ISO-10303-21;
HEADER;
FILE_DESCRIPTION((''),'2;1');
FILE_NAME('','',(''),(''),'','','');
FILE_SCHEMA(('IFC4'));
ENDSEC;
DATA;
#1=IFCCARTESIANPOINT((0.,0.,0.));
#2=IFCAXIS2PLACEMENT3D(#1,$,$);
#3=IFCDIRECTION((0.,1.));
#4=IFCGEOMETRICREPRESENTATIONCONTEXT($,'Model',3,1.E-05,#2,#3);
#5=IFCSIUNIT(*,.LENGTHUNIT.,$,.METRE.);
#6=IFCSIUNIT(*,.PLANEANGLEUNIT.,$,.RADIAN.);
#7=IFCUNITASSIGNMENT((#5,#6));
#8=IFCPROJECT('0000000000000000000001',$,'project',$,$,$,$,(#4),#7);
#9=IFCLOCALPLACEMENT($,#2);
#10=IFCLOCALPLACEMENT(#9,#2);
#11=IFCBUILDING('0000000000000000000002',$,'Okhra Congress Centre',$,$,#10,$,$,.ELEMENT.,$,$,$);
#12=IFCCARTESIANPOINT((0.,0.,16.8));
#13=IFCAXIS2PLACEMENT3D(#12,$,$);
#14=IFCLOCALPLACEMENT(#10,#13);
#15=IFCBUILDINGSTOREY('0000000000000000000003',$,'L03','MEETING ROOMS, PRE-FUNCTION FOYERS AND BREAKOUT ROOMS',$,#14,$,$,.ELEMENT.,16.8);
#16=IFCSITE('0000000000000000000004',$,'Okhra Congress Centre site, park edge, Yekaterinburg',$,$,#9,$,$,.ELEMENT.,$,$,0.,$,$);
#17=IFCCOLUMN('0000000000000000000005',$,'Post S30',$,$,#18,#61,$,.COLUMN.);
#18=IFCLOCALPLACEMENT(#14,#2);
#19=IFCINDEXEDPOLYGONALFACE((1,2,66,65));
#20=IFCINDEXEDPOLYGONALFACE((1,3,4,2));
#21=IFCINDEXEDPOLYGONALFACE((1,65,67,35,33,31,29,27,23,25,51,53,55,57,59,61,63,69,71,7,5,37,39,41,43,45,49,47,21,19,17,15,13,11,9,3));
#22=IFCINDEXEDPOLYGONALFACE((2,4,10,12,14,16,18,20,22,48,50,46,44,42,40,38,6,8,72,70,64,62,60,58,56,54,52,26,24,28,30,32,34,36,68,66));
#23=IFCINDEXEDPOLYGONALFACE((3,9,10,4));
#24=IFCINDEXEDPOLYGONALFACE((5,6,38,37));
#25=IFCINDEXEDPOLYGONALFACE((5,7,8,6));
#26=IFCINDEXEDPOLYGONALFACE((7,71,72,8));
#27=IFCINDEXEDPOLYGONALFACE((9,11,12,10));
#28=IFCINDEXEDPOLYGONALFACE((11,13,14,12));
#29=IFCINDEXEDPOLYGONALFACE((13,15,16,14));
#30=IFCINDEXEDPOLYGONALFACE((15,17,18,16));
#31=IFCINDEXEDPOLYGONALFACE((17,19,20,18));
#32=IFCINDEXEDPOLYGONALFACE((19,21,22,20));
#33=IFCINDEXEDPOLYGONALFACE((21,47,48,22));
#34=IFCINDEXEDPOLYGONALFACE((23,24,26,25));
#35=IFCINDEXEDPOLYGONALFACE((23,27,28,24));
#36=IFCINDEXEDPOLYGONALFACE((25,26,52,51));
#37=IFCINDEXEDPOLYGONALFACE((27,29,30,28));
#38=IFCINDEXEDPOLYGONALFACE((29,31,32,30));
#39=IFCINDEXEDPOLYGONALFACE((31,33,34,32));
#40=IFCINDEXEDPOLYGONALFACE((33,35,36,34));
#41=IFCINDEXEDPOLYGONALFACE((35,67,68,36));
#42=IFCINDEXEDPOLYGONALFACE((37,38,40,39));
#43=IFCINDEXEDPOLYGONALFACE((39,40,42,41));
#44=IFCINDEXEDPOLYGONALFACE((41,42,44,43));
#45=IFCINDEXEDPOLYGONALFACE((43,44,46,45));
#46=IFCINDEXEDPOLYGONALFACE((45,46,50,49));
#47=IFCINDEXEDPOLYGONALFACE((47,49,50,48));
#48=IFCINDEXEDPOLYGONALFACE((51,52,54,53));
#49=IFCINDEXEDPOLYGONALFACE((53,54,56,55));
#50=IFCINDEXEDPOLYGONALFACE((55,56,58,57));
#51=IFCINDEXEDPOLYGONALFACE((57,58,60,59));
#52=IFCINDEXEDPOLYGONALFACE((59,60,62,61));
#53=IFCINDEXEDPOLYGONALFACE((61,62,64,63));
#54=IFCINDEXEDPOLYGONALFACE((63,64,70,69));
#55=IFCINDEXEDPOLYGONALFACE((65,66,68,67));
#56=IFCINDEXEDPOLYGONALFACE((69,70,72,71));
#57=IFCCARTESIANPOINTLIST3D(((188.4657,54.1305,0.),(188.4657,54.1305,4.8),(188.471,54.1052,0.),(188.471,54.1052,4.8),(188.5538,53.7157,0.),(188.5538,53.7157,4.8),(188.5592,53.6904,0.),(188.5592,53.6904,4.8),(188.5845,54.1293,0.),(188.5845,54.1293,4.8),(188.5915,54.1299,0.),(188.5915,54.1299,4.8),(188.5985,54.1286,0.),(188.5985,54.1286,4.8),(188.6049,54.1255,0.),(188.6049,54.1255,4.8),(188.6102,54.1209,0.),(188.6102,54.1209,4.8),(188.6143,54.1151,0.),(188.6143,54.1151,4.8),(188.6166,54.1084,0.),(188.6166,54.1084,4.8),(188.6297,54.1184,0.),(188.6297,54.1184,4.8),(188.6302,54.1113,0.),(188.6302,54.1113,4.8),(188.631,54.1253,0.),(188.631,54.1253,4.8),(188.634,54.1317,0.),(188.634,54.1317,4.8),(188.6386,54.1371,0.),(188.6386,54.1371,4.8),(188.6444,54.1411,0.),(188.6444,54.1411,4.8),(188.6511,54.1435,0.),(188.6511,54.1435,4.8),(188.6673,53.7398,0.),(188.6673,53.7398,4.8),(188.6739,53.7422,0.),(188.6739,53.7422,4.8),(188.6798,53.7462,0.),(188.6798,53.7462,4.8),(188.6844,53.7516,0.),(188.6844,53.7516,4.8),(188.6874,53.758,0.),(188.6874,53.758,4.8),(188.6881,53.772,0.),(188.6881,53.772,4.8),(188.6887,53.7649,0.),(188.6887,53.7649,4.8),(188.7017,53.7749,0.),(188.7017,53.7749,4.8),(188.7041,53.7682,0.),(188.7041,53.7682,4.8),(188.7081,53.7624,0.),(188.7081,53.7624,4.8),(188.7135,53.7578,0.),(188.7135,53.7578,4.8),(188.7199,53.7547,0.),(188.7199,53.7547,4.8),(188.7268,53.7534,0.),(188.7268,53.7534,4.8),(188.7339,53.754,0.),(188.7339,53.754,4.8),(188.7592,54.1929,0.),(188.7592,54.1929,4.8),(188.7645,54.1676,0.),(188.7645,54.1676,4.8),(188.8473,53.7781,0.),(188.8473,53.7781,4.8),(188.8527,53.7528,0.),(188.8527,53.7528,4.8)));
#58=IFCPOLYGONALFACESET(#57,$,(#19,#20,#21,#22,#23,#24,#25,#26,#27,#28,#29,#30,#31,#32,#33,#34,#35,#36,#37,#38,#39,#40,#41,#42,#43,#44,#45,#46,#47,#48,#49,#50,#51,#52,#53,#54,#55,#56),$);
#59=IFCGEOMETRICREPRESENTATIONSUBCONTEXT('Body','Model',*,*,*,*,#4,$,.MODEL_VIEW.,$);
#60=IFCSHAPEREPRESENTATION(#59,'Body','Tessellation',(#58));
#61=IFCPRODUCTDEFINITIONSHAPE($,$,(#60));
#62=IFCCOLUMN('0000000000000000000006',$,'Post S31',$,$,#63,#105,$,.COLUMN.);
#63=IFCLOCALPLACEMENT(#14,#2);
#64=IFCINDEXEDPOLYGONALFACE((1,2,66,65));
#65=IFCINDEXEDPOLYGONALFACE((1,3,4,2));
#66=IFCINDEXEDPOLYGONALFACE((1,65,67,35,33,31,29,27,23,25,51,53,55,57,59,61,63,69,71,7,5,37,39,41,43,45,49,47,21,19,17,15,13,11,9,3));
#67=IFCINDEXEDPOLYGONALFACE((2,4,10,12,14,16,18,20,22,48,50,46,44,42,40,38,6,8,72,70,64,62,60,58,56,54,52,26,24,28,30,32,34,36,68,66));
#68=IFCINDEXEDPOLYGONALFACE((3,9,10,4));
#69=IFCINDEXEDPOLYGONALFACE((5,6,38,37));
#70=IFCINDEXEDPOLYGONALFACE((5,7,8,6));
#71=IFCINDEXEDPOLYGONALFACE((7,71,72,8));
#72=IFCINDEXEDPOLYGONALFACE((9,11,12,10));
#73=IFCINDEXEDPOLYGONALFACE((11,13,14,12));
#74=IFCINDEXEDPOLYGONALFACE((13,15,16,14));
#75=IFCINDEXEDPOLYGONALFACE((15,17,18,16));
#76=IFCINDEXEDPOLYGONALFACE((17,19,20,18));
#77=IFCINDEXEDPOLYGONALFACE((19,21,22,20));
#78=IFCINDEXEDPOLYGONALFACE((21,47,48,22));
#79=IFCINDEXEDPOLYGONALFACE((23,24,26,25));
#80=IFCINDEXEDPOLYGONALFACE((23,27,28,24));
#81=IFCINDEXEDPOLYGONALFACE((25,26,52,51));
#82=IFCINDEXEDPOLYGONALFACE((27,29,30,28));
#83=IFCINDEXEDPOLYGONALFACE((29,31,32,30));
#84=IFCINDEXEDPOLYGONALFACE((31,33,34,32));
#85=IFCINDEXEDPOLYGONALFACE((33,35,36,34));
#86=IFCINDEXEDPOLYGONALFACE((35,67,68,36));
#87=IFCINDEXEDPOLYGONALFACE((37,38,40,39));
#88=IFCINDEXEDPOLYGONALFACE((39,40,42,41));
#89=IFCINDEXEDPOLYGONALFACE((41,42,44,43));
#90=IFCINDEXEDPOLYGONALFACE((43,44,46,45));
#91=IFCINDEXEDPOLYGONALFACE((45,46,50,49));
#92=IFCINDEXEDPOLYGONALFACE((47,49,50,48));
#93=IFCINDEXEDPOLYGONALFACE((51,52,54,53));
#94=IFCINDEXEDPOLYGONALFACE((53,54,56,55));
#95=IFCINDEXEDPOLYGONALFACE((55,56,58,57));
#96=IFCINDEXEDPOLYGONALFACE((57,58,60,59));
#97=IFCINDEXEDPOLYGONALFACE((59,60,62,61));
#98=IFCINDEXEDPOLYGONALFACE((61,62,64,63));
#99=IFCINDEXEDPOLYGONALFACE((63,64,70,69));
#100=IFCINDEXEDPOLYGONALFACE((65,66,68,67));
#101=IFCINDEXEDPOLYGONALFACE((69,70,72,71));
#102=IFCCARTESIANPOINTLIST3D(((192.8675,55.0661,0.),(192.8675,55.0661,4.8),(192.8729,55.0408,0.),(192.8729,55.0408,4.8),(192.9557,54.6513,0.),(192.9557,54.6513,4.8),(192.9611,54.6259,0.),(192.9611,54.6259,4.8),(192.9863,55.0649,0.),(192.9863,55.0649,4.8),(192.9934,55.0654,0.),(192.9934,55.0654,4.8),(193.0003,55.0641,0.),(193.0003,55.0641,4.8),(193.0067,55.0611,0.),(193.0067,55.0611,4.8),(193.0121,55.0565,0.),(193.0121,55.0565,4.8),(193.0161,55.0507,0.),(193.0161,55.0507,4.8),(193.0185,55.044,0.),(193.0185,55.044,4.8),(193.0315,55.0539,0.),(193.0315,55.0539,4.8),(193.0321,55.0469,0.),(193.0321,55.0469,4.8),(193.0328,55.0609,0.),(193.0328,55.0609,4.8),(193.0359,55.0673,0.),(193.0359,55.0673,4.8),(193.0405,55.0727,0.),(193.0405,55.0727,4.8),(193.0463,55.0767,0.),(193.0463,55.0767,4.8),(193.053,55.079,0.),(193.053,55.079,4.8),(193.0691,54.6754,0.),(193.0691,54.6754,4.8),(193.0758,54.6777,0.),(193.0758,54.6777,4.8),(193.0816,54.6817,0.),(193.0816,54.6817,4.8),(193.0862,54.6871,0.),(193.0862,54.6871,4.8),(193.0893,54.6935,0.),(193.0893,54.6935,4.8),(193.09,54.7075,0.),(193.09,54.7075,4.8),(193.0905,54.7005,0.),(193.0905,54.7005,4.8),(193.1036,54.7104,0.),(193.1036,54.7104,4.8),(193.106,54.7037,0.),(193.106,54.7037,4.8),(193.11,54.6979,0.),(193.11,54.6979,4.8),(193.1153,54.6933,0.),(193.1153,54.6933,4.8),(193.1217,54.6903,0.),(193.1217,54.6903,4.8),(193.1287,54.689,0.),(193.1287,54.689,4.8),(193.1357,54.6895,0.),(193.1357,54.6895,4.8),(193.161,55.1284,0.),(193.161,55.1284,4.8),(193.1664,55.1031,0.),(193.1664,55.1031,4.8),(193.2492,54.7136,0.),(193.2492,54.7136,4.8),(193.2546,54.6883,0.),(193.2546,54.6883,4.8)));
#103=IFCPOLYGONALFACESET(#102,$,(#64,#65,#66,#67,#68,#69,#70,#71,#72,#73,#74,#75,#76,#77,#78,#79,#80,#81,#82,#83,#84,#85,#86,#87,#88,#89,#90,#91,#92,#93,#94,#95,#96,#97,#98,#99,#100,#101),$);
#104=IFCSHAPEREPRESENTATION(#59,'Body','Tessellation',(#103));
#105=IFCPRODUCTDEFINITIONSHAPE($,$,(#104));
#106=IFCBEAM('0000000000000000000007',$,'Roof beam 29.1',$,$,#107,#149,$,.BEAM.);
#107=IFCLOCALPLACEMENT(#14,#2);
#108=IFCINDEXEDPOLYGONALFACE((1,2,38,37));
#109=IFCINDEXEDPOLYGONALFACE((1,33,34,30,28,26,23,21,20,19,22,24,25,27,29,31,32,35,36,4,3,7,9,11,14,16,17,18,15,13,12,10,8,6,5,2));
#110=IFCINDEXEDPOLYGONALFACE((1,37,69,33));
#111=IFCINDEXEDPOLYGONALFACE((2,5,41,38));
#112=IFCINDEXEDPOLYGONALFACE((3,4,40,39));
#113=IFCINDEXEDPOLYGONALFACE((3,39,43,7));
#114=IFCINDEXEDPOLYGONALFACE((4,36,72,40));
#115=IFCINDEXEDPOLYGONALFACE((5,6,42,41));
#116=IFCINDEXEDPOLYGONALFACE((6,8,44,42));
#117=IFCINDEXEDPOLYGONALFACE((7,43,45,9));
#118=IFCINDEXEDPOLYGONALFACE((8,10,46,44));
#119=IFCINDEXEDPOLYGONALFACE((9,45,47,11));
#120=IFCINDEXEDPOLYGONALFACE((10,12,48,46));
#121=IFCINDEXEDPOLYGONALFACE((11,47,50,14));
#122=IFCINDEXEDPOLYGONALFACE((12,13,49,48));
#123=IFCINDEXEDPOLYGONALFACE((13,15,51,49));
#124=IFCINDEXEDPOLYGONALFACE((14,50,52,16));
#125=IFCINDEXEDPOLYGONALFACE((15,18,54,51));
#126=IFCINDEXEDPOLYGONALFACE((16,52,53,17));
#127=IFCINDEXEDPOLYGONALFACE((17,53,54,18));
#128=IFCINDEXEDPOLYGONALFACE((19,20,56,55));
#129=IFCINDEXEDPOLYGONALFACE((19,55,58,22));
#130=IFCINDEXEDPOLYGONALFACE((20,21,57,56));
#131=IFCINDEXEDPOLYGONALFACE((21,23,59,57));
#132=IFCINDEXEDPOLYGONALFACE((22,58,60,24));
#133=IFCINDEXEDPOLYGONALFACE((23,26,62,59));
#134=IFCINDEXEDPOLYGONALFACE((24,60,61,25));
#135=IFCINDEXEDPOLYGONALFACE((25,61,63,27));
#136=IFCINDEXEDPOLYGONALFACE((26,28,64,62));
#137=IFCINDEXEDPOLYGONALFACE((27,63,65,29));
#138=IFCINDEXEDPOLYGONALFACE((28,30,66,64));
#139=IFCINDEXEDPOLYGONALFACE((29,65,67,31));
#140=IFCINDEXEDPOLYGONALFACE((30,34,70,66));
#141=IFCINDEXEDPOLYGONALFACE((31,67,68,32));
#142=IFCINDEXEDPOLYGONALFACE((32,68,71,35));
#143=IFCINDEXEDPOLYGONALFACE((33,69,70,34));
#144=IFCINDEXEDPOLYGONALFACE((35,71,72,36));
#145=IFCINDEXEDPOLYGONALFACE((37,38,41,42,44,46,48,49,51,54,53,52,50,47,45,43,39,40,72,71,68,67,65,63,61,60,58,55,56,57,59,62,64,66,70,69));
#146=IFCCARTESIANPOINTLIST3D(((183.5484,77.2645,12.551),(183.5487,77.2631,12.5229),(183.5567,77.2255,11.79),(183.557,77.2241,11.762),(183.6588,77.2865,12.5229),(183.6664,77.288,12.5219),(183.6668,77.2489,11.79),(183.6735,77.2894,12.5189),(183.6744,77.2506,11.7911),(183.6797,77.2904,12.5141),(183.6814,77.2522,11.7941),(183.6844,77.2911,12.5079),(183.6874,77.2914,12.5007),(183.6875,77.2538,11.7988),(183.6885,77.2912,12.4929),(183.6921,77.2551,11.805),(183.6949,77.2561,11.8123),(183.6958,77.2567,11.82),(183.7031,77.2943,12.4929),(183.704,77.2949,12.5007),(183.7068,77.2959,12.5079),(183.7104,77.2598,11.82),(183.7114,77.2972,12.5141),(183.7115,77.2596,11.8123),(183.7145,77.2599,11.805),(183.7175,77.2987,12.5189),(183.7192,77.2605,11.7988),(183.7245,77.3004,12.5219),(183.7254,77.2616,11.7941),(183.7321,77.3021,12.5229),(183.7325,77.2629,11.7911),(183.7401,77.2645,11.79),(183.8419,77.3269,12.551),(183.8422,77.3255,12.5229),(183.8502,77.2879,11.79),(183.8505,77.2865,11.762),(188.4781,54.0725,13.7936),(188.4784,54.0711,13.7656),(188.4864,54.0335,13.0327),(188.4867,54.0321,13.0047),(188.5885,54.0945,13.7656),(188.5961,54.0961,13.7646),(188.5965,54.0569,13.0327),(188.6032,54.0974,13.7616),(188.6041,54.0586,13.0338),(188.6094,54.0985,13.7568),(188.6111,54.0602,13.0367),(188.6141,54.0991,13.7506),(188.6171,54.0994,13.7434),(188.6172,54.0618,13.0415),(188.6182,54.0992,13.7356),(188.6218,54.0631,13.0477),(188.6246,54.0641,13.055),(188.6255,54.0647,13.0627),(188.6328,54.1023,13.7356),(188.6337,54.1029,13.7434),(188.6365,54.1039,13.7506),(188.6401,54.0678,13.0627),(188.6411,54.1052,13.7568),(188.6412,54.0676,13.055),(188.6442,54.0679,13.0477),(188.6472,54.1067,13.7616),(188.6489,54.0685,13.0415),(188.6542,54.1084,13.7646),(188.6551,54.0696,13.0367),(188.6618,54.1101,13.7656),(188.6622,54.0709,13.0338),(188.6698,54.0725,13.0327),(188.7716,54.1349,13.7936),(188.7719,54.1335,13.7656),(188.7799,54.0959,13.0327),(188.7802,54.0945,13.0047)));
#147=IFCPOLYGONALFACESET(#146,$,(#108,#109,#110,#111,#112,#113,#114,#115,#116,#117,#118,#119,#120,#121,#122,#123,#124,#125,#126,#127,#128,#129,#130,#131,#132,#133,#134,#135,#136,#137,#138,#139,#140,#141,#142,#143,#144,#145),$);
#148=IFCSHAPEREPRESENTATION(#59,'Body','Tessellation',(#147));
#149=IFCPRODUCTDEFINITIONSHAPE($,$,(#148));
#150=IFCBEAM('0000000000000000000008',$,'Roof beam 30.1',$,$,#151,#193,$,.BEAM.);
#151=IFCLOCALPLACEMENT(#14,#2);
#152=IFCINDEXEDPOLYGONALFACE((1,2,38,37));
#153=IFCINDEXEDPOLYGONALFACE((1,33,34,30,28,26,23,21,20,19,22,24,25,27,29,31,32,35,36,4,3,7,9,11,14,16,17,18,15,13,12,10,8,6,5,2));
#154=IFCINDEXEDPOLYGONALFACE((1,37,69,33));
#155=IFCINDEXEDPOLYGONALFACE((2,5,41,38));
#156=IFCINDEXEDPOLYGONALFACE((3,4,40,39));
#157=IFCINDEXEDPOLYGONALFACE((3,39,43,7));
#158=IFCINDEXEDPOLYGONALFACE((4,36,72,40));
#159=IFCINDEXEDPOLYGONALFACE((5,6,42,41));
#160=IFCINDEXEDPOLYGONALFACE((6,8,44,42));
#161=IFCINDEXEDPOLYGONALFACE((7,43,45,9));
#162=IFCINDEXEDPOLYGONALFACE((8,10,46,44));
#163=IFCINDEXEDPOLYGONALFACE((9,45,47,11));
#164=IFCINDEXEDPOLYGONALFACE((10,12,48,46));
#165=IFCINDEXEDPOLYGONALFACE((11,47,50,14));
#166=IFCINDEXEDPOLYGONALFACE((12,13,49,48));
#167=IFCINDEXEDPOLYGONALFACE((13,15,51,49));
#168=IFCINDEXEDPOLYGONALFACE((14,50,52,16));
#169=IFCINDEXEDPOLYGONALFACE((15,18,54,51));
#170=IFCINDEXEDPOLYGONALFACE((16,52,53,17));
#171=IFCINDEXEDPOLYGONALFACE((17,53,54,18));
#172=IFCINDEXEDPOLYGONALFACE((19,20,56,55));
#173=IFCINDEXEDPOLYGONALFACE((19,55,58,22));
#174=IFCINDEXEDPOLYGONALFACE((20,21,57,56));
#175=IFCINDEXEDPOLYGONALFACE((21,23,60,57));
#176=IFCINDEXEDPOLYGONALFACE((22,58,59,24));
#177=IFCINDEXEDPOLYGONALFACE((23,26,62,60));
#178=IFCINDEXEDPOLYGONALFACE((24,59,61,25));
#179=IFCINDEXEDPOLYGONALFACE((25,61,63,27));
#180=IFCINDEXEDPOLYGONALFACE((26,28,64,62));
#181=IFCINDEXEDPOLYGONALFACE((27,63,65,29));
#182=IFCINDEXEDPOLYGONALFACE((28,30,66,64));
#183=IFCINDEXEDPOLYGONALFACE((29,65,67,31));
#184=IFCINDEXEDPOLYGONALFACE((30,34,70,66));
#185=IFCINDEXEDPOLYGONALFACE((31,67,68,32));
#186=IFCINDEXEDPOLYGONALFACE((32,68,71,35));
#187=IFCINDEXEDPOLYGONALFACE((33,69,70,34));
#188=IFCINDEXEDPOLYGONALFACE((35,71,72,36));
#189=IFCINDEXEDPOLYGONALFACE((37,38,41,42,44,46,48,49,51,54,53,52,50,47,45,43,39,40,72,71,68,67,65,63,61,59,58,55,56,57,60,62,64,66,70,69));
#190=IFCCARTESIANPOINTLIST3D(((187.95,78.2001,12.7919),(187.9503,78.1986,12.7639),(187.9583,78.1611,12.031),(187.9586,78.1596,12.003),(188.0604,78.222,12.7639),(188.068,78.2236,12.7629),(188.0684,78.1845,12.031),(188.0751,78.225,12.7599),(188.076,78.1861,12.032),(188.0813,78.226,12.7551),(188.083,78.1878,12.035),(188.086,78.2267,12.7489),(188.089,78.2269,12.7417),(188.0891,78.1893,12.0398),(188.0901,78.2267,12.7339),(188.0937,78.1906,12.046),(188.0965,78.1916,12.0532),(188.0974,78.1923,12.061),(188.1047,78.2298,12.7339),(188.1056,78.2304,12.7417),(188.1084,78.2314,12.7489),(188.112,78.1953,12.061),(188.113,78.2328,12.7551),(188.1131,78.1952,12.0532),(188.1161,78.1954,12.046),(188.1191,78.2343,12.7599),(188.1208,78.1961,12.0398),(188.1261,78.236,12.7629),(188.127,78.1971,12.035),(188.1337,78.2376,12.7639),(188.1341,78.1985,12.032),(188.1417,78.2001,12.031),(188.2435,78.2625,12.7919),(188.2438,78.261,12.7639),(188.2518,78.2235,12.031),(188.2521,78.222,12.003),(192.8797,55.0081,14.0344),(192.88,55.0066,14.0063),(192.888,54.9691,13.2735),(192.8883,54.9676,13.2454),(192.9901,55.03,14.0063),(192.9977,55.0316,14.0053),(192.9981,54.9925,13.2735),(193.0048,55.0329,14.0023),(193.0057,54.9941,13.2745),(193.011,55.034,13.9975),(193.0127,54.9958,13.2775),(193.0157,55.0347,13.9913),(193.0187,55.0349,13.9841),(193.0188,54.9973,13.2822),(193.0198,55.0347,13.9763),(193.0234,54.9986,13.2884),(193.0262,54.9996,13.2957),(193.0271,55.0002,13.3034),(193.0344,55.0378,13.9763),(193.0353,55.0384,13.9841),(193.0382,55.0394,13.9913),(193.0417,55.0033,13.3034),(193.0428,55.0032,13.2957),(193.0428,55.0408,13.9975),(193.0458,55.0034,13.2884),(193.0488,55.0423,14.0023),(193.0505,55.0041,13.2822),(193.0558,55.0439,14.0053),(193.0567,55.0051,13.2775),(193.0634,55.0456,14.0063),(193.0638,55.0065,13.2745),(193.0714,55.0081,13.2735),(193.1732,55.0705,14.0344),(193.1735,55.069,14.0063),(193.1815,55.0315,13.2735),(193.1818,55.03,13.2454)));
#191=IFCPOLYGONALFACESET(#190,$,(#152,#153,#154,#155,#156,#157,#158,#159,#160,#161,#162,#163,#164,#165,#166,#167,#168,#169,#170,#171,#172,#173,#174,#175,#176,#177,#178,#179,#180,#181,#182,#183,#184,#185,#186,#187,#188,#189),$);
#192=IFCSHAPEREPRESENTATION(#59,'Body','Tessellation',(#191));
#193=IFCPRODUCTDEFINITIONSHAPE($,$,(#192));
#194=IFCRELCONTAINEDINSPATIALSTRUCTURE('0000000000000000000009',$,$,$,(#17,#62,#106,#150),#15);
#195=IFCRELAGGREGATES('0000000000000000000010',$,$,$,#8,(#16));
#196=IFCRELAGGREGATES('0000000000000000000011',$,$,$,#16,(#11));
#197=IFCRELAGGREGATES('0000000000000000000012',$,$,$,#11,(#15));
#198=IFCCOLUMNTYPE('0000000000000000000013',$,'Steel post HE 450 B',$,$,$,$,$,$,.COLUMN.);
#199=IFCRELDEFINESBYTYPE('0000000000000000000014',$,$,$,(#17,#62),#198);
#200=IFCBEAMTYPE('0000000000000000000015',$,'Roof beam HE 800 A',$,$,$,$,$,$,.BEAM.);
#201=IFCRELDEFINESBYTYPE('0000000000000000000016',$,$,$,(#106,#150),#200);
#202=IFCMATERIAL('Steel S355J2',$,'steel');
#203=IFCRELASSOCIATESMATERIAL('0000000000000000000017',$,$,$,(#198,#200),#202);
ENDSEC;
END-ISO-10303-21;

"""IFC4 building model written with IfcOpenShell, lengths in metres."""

from ifc_helpers import new_model, si_unit, direction, frame, origin, origin_2d, place, context, subcontext, project, spatial, i_section, extrude, material, material_profile, profile_set, type_object, element, save


model = new_model("IFC4")

# Units and contexts
model_context = context("Model", 3, precision=1e-05, world=origin(), true_north=direction((0.0, 1.0)))
body_context = subcontext(model_context, "Body", "Model", "MODEL_VIEW")
ifc_project = project(units=[si_unit("LENGTHUNIT", "METRE"), si_unit("PLANEANGLEUNIT", "RADIAN")], contexts=[model_context])

# Site, building, storey
site_placement = place(None, origin())
site = spatial("IfcSite", under=ifc_project, at=site_placement, Name="Okhra Congress Centre site, park edge, Yekaterinburg", CompositionType="ELEMENT", RefElevation=0.0)
building_placement = place(site_placement, origin())
building = spatial("IfcBuilding", under=site, at=building_placement, Name="Okhra Congress Centre", CompositionType="ELEMENT")
storey_placement = place(building_placement, frame((0.0, 0.0, 16.8)))
storey = spatial("IfcBuildingStorey", under=building, at=storey_placement, Name="L03", Description="MEETING ROOMS, PRE-FUNCTION FOYERS AND BREAKOUT ROOMS", CompositionType="ELEMENT", Elevation=16.8)

# Columns
ifc_material_1 = material(Name="Steel S355J2", Category="steel")
ifc_material_profile_1 = material_profile(ifc_material_1, i_section(OverallWidth=0.3, OverallDepth=0.45, WebThickness=0.0139, FlangeThickness=0.0259, FilletRadius=0.0271, at=origin_2d()), Name="HE 450 B")
ifc_profile_set_1 = profile_set([ifc_material_profile_1], Name="Steel S355J2")
column_type = type_object("IfcColumnType", Name="Steel post HE 450 B", PredefinedType="COLUMN", material=ifc_profile_set_1)
for number, where, z_axis, x_axis, name in (
    (1, (188.6592, 53.9417, 0.0), (0.0, 0.0, 1.0), (0.978148, 0.207912, 0.0), "Post S30"),
    (2, (193.061, 54.8772, 0.0), (0.0, 0.0, 1.0), (0.978148, 0.207912, 0.0), "Post S31"),
):
    element("IfcColumn", number, at=place(storey_placement, frame(where, z_axis=z_axis, x_axis=x_axis)), inside=storey, type_object=column_type, Name=name, PredefinedType="COLUMN", context=body_context, shape_type="SweptSolid", body=[
        extrude(i_section(OverallWidth=0.3, OverallDepth=0.45, WebThickness=0.0139, FlangeThickness=0.0259, FilletRadius=0.0271, at=origin_2d()), origin(), (0.0, 0.0, 1.0), 4.8),
    ])

# Beams
ifc_material_profile_2 = material_profile(ifc_material_1, i_section(OverallWidth=0.3, OverallDepth=0.79, WebThickness=0.0149, FlangeThickness=0.0281, FilletRadius=0.03, at=origin_2d()), Name="HE 800 A")
ifc_profile_set_2 = profile_set([ifc_material_profile_2], Name="Steel S355J2")
beam_type = type_object("IfcBeamType", Name="Roof beam HE 800 A", PredefinedType="BEAM", material=ifc_profile_set_2)
for number, where, z_axis, x_axis, name in (
    (3, (188.6292, 54.0835, 13.3992), (-0.207631, 0.976806, -0.05234), (-0.978147, -0.207916, 0.0), "Roof beam 29.1"),
    (4, (193.0308, 55.019, 13.6399), (-0.207631, 0.976807, -0.052329), (-0.978147, -0.207916, 0.0), "Roof beam 30.1"),
):
    element("IfcBeam", number, at=place(storey_placement, frame(where, z_axis=z_axis, x_axis=x_axis)), inside=storey, type_object=beam_type, Name=name, PredefinedType="BEAM", context=body_context, shape_type="SweptSolid", body=[
        extrude(i_section(OverallWidth=0.3, OverallDepth=0.79, WebThickness=0.0149, FlangeThickness=0.0281, FilletRadius=0.03, at=origin_2d()), origin(), (0.0, 0.0, 1.0), 23.7427),
    ])

save(model, "model.ifc")
